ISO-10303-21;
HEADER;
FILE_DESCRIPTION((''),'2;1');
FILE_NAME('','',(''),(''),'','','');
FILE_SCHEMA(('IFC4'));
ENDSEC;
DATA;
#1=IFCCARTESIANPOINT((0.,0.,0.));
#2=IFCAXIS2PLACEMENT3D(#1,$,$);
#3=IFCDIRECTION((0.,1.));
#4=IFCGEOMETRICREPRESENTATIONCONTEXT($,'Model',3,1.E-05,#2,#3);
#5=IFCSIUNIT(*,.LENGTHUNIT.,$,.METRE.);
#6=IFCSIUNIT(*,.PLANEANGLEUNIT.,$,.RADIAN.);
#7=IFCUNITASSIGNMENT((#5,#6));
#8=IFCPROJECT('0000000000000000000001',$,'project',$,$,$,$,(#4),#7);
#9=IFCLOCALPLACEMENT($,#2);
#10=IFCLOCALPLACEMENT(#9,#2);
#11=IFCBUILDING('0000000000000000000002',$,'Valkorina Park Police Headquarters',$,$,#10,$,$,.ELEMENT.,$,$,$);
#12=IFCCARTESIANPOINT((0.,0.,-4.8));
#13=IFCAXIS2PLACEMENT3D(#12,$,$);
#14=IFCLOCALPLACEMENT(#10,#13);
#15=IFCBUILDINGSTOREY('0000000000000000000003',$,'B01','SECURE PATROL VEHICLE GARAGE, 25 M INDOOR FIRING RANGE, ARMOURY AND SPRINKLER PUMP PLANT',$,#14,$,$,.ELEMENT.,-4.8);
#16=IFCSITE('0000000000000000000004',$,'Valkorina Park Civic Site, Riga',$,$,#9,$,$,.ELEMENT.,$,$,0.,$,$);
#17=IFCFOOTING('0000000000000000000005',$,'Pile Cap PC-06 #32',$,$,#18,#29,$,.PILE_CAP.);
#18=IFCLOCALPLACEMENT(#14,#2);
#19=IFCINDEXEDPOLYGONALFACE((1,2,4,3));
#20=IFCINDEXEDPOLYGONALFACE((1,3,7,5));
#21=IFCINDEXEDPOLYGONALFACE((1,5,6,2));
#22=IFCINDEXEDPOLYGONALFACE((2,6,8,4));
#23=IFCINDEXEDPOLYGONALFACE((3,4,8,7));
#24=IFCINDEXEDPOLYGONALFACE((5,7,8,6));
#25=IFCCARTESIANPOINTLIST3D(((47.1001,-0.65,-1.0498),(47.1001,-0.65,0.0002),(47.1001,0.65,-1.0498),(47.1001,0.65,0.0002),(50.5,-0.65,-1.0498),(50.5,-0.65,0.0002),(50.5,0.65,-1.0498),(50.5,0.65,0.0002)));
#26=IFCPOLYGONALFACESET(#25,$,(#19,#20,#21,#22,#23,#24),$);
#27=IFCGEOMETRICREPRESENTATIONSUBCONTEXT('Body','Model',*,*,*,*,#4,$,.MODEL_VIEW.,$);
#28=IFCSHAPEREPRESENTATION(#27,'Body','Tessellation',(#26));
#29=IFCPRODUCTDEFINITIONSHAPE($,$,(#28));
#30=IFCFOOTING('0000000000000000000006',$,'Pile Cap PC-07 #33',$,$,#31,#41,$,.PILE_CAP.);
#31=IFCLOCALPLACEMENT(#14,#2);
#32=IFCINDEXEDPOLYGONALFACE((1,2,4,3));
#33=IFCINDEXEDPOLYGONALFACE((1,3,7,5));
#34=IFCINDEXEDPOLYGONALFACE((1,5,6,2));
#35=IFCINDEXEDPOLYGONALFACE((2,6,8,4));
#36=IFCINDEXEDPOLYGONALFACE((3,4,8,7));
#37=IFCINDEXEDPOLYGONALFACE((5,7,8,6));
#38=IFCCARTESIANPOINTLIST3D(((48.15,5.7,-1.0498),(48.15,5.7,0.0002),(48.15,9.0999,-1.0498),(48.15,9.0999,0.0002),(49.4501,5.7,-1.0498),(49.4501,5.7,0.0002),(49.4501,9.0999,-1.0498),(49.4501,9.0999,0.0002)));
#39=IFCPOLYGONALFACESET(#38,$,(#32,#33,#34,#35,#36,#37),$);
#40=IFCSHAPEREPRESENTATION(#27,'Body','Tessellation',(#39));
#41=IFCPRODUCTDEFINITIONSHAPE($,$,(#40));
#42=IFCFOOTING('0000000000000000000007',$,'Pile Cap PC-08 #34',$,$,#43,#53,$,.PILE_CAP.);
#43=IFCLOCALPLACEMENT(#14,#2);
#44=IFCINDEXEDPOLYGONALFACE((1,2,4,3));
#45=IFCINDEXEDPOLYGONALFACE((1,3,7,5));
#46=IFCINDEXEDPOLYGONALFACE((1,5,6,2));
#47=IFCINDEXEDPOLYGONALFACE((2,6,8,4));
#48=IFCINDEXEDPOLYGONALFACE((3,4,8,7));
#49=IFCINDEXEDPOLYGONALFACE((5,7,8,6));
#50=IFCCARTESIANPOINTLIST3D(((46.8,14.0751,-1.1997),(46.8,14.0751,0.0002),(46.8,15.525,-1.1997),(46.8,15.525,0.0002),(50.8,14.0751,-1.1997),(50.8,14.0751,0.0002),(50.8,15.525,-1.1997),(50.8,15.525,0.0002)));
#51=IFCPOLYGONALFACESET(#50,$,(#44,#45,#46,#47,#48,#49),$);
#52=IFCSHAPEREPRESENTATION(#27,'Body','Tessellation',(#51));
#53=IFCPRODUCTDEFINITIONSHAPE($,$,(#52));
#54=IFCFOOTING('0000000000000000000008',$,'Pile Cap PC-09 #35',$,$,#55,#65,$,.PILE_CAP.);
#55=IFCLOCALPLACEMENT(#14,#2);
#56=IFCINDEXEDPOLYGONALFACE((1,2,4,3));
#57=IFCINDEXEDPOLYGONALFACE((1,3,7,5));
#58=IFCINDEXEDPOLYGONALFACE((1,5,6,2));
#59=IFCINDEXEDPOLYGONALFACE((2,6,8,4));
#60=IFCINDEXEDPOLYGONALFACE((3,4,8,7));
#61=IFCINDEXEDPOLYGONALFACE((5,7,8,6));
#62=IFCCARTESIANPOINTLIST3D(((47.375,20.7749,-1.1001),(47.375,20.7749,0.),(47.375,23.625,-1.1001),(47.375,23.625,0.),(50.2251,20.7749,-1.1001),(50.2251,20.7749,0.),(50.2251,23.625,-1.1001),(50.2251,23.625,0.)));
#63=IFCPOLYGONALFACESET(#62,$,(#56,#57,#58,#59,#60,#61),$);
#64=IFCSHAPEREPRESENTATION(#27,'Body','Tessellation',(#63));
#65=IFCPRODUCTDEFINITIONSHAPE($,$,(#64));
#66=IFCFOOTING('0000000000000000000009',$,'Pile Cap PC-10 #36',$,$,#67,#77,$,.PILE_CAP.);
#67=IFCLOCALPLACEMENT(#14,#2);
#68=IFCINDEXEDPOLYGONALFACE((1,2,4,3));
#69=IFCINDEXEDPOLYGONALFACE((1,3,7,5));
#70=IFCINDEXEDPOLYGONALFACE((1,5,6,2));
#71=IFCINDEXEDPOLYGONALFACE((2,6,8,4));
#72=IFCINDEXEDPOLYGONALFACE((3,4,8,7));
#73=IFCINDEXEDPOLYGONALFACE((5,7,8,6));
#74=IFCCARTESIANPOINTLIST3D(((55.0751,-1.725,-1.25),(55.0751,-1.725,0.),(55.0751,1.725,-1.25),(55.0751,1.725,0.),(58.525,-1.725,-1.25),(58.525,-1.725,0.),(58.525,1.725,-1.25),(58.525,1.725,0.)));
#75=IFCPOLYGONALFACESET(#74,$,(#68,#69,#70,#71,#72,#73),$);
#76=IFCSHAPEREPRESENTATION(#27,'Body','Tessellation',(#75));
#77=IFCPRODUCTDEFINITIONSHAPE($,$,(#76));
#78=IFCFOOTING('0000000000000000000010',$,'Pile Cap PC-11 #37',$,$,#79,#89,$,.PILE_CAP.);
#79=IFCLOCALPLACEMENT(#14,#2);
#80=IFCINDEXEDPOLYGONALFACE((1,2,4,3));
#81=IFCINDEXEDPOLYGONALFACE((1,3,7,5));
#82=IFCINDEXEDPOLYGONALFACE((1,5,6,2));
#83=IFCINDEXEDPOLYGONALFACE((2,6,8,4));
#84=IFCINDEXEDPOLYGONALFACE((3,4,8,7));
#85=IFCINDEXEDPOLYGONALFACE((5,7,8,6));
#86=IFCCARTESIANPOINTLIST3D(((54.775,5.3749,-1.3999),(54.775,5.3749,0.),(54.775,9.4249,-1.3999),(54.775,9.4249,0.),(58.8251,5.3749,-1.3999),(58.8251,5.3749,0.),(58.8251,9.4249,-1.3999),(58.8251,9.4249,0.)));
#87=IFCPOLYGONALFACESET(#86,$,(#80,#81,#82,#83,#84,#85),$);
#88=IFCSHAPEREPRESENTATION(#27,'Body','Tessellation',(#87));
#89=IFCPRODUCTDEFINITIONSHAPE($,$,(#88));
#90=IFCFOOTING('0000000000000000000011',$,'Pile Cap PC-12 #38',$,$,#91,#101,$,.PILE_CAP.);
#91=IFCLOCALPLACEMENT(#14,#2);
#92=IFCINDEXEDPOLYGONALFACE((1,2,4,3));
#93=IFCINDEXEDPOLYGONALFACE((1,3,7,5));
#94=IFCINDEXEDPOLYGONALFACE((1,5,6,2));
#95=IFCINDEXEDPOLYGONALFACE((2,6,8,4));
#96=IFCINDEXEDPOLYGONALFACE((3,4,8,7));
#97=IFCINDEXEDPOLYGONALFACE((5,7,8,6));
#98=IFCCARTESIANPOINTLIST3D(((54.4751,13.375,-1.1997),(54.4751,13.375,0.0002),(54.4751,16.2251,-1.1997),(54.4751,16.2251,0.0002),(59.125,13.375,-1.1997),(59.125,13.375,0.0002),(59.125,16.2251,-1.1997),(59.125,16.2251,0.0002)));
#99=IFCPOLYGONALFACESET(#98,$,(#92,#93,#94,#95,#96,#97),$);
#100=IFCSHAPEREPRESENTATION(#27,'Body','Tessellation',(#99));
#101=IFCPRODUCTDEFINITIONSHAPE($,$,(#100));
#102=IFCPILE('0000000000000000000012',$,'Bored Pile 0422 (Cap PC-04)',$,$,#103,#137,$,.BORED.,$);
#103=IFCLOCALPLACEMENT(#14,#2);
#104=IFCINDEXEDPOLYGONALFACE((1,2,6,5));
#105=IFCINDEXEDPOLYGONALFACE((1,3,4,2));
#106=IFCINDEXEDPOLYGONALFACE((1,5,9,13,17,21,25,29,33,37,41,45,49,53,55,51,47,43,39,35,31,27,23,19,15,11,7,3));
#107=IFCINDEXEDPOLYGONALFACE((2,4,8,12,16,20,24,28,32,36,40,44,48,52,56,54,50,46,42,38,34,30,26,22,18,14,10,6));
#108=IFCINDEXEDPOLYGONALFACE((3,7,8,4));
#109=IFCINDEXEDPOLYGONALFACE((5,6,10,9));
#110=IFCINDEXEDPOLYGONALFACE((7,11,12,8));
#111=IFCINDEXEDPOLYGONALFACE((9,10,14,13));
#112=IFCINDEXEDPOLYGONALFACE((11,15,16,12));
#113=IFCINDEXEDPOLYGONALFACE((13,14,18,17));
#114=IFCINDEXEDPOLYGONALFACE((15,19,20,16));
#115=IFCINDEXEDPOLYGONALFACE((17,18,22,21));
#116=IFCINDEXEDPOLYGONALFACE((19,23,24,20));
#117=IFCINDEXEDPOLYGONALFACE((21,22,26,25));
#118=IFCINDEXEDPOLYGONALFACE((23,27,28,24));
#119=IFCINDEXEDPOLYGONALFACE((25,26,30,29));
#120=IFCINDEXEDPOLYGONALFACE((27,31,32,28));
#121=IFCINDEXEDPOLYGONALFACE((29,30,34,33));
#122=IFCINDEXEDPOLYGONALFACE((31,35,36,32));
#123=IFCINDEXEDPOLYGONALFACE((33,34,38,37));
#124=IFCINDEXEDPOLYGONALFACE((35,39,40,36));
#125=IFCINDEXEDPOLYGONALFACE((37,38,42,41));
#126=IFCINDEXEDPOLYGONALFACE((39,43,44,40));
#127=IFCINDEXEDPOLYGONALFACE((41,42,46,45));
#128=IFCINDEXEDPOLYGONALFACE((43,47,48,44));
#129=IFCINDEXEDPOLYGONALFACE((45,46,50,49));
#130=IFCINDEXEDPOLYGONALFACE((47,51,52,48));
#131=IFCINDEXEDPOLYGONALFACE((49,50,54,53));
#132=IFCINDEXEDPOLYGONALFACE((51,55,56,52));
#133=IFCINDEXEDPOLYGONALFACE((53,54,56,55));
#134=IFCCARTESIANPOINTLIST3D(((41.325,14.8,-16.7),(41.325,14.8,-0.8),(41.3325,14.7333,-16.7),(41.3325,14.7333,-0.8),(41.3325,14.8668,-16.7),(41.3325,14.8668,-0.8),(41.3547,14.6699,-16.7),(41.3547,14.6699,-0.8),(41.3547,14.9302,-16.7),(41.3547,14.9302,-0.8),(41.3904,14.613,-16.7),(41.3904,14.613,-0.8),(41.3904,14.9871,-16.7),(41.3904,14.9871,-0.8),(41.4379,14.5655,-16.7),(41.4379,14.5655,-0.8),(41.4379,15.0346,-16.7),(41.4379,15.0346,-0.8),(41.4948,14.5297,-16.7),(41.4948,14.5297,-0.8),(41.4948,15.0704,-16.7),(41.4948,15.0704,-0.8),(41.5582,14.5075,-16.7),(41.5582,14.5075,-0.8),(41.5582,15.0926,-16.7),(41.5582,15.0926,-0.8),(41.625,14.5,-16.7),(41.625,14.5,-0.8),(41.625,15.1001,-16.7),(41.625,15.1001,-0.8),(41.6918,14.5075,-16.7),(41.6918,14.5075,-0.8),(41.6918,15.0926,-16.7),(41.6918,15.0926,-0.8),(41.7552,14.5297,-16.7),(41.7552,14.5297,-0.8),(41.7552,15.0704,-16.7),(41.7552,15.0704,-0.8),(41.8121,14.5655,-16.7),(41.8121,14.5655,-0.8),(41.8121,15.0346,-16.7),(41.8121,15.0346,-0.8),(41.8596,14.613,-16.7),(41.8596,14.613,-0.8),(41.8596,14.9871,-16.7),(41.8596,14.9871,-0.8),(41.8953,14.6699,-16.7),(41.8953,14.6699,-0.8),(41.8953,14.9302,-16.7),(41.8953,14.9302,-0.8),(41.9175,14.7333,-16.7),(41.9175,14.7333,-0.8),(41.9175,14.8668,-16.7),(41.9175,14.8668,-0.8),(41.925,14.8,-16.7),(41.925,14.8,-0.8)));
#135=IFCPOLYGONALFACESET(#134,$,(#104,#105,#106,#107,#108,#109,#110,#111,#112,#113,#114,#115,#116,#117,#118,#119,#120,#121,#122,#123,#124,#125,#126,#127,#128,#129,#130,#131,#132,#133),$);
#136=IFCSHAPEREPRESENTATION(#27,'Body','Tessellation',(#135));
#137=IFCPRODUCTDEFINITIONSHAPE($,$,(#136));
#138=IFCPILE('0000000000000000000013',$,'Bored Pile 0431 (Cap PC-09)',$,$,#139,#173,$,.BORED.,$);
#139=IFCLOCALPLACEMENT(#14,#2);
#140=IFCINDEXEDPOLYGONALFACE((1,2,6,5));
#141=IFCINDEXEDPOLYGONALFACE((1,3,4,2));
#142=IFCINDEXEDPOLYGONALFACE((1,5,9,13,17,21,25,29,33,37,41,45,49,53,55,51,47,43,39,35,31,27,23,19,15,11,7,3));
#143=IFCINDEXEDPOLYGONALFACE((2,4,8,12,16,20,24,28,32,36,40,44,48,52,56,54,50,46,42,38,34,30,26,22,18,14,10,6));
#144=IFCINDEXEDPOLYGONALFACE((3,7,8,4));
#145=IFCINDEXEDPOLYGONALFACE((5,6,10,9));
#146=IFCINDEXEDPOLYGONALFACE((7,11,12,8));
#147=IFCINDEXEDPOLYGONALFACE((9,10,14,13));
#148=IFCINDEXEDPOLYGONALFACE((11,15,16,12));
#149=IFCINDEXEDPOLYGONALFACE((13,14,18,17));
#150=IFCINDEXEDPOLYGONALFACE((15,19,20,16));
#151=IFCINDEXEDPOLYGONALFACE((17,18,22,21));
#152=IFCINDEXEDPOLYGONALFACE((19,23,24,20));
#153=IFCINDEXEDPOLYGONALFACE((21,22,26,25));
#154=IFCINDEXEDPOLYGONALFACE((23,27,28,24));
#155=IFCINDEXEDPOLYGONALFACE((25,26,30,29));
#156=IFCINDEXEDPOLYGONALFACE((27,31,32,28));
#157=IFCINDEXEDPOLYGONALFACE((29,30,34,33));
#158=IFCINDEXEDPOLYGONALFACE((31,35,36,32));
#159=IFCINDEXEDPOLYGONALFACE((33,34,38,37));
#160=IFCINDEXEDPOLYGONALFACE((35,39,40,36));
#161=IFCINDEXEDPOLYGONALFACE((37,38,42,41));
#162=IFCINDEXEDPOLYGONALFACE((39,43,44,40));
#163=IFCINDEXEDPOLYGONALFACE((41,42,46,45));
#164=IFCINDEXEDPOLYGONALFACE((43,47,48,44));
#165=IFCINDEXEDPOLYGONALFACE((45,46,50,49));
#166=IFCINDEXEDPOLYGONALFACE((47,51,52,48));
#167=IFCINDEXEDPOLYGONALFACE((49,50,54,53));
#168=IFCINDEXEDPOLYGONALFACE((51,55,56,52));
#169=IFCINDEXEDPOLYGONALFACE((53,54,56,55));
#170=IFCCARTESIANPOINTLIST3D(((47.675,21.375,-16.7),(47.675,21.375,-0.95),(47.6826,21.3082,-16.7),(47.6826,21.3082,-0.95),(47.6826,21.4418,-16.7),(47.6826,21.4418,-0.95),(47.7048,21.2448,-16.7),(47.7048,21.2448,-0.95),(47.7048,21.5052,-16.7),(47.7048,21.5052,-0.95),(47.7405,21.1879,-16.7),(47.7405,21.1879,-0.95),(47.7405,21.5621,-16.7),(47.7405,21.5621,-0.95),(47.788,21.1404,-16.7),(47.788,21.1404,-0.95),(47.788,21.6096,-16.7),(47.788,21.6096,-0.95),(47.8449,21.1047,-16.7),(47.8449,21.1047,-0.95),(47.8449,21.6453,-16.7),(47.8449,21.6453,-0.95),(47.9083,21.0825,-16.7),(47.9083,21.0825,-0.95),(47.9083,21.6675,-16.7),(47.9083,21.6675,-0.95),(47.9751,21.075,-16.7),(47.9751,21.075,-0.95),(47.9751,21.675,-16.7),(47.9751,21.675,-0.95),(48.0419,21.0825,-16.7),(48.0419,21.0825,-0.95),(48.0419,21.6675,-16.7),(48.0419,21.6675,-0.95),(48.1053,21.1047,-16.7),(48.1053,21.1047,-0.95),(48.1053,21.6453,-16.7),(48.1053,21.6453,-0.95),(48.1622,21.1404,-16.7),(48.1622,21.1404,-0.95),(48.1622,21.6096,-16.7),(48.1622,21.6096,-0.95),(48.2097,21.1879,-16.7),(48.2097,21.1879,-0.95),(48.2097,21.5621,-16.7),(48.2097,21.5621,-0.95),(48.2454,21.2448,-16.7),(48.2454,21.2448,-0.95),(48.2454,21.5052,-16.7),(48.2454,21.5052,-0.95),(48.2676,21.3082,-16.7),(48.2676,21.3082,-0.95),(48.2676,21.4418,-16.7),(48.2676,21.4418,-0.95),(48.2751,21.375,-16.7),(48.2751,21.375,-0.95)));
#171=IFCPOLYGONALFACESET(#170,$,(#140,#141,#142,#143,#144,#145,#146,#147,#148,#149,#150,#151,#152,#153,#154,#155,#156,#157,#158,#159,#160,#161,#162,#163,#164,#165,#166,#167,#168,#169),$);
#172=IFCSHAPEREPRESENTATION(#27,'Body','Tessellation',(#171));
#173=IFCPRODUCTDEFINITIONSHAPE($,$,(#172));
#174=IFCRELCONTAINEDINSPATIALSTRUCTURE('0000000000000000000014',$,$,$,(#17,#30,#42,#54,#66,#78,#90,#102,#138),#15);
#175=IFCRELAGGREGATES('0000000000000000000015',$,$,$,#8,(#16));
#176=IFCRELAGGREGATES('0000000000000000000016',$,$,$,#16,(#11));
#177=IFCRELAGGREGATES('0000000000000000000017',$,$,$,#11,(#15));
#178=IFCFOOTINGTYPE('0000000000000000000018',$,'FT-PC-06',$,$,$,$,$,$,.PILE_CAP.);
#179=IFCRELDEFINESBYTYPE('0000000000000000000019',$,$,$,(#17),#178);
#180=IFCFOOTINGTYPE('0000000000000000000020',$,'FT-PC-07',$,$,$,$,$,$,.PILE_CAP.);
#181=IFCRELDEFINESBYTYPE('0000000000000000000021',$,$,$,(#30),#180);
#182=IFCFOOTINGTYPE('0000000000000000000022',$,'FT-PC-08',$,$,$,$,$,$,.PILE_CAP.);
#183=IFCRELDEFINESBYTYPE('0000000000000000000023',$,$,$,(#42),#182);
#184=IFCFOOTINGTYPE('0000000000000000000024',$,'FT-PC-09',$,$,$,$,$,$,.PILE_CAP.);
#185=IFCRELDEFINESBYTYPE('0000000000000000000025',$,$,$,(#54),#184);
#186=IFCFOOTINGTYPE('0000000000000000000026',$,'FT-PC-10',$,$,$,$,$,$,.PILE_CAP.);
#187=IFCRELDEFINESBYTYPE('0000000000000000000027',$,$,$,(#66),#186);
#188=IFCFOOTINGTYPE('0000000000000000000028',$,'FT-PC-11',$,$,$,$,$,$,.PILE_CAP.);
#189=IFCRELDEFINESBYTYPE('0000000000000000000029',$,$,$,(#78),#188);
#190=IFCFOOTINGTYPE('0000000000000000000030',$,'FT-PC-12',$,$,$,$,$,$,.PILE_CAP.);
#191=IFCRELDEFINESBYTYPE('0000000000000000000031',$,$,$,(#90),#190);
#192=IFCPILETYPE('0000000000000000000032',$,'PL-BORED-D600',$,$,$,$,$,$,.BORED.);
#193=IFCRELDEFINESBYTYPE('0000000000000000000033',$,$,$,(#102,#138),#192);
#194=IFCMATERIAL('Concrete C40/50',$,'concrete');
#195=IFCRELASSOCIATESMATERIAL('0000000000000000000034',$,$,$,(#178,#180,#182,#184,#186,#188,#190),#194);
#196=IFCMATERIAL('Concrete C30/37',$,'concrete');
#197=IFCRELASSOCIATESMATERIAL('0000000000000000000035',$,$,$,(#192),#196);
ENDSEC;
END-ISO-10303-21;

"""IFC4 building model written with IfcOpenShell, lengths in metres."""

from ifc_helpers import new_model, si_unit, direction, frame, origin, origin_2d, place, context, subcontext, project, spatial, rectangle, circle, extrude, material, material_profile, profile_set, type_object, element, save


model = new_model("IFC4")

# Units and contexts
model_context = context("Model", 3, precision=1e-05, world=origin(), true_north=direction((0.0, 1.0)))
body_context = subcontext(model_context, "Body", "Model", "MODEL_VIEW")
ifc_project = project(units=[si_unit("LENGTHUNIT", "METRE"), si_unit("PLANEANGLEUNIT", "RADIAN")], contexts=[model_context])

# Site, building, storey
site_placement = place(None, origin())
site = spatial("IfcSite", under=ifc_project, at=site_placement, Name="Valkorina Park Civic Site, Riga", CompositionType="ELEMENT", RefElevation=0.0)
building_placement = place(site_placement, origin())
building = spatial("IfcBuilding", under=site, at=building_placement, Name="Valkorina Park Police Headquarters", CompositionType="ELEMENT")
storey_placement = place(building_placement, frame((0.0, 0.0, -4.8)))
storey = spatial("IfcBuildingStorey", under=building, at=storey_placement, Name="B01", Description="SECURE PATROL VEHICLE GARAGE, 25 M INDOOR FIRING RANGE, ARMOURY AND SPRINKLER PUMP PLANT", CompositionType="ELEMENT", Elevation=-4.8)

# Footings
ifc_material_1 = material(Name="Concrete C40/50", Category="concrete")
footing_type_1 = type_object("IfcFootingType", Name="FT-PC-06", PredefinedType="PILE_CAP", material=ifc_material_1)
footing_1_placement = place(storey_placement, frame((48.8, 0.0, -1.0498), z_axis=(0.0, 0.0, 1.0), x_axis=(1.0, 0.0, 0.0)))
element("IfcFooting", 1, at=footing_1_placement, inside=storey, type_object=footing_type_1, Name="Pile Cap PC-06 #32", PredefinedType="PILE_CAP", context=body_context, shape_type="SweptSolid", body=[
    extrude(rectangle(XDim=3.3999, YDim=1.3, at=origin_2d()), origin(), (0.0, 0.0, 1.0), 1.05),
])
footing_type_2 = type_object("IfcFootingType", Name="FT-PC-07", PredefinedType="PILE_CAP", material=ifc_material_1)
footing_2_placement = place(storey_placement, frame((48.8, 7.3999, -1.0498), z_axis=(0.0, 0.0, 1.0), x_axis=(1.0, 0.0, 0.0)))
element("IfcFooting", 2, at=footing_2_placement, inside=storey, type_object=footing_type_2, Name="Pile Cap PC-07 #33", PredefinedType="PILE_CAP", context=body_context, shape_type="SweptSolid", body=[
    extrude(rectangle(XDim=1.3, YDim=3.3999, at=origin_2d()), origin(), (0.0, 0.0, 1.0), 1.05),
])
footing_type_3 = type_object("IfcFootingType", Name="FT-PC-08", PredefinedType="PILE_CAP", material=ifc_material_1)
footing_3_placement = place(storey_placement, frame((48.8, 14.8, -1.1997), z_axis=(0.0, 0.0, 1.0), x_axis=(1.0, 0.0, 0.0)))
element("IfcFooting", 3, at=footing_3_placement, inside=storey, type_object=footing_type_3, Name="Pile Cap PC-08 #34", PredefinedType="PILE_CAP", context=body_context, shape_type="SweptSolid", body=[
    extrude(rectangle(XDim=4.0, YDim=1.45, at=origin_2d()), origin(), (0.0, 0.0, 1.0), 1.2),
])
footing_type_4 = type_object("IfcFootingType", Name="FT-PC-09", PredefinedType="PILE_CAP", material=ifc_material_1)
footing_4_placement = place(storey_placement, frame((48.8, 22.2, -1.1001), z_axis=(0.0, 0.0, 1.0), x_axis=(1.0, 0.0, 0.0)))
element("IfcFooting", 4, at=footing_4_placement, inside=storey, type_object=footing_type_4, Name="Pile Cap PC-09 #35", PredefinedType="PILE_CAP", context=body_context, shape_type="SweptSolid", body=[
    extrude(rectangle(XDim=2.8501, YDim=2.8501, at=origin_2d()), origin(), (0.0, 0.0, 1.0), 1.1001),
])
footing_type_5 = type_object("IfcFootingType", Name="FT-PC-10", PredefinedType="PILE_CAP", material=ifc_material_1)
footing_5_placement = place(storey_placement, frame((56.8, 0.0, -1.25), z_axis=(0.0, 0.0, 1.0), x_axis=(1.0, 0.0, 0.0)))
element("IfcFooting", 5, at=footing_5_placement, inside=storey, type_object=footing_type_5, Name="Pile Cap PC-10 #36", PredefinedType="PILE_CAP", context=body_context, shape_type="SweptSolid", body=[
    extrude(rectangle(XDim=3.45, YDim=3.45, at=origin_2d()), origin(), (0.0, 0.0, 1.0), 1.25),
])
footing_type_6 = type_object("IfcFootingType", Name="FT-PC-11", PredefinedType="PILE_CAP", material=ifc_material_1)
footing_6_placement = place(storey_placement, frame((56.8, 7.3999, -1.3999), z_axis=(0.0, 0.0, 1.0), x_axis=(1.0, 0.0, 0.0)))
element("IfcFooting", 6, at=footing_6_placement, inside=storey, type_object=footing_type_6, Name="Pile Cap PC-11 #37", PredefinedType="PILE_CAP", context=body_context, shape_type="SweptSolid", body=[
    extrude(rectangle(XDim=4.05, YDim=4.05, at=origin_2d()), origin(), (0.0, 0.0, 1.0), 1.3999),
])
footing_type_7 = type_object("IfcFootingType", Name="FT-PC-12", PredefinedType="PILE_CAP", material=ifc_material_1)
footing_7_placement = place(storey_placement, frame((56.8, 14.8, -1.1997), z_axis=(0.0, 0.0, 1.0), x_axis=(1.0, 0.0, 0.0)))
element("IfcFooting", 7, at=footing_7_placement, inside=storey, type_object=footing_type_7, Name="Pile Cap PC-12 #38", PredefinedType="PILE_CAP", context=body_context, shape_type="SweptSolid", body=[
    extrude(rectangle(XDim=4.6499, YDim=2.8501, at=origin_2d()), origin(), (0.0, 0.0, 1.0), 1.2),
])

# Piles
ifc_material_2 = material(Name="Concrete C30/37", Category="concrete")
ifc_material_profile_1 = material_profile(ifc_material_2, circle(Radius=0.3, at=origin_2d()), Name="BORED PILE D600")
ifc_profile_set_1 = profile_set([ifc_material_profile_1], Name="Concrete C30/37")
pile_type_1 = type_object("IfcPileType", Name="PL-BORED-D600", PredefinedType="BORED", material=ifc_profile_set_1)
pile_1_placement = place(storey_placement, frame((41.625, 14.8, -0.8), z_axis=(0.0, 0.0, -1.0), x_axis=(1.0, 0.0, 0.0)))
element("IfcPile", 8, at=pile_1_placement, inside=storey, type_object=pile_type_1, Name="Bored Pile 0422 (Cap PC-04)", PredefinedType="BORED", context=body_context, shape_type="SweptSolid", body=[
    extrude(circle(Radius=0.3, at=origin_2d()), origin(), (0.0, 0.0, 1.0), 15.8999),
])
for number, where, z_axis, x_axis, name in (
    (9, (47.9751, 21.375, -0.95), (0.0, 0.0, -1.0), (1.0, 0.0, 0.0), "Bored Pile 0431 (Cap PC-09)"),
):
    element("IfcPile", number, at=place(storey_placement, frame(where, z_axis=z_axis, x_axis=x_axis)), inside=storey, type_object=pile_type_1, Name=name, PredefinedType="BORED", context=body_context, shape_type="SweptSolid", body=[
        extrude(circle(Radius=0.3, at=origin_2d()), origin(), (0.0, 0.0, 1.0), 15.75),
    ])

save(model, "model.ifc")
